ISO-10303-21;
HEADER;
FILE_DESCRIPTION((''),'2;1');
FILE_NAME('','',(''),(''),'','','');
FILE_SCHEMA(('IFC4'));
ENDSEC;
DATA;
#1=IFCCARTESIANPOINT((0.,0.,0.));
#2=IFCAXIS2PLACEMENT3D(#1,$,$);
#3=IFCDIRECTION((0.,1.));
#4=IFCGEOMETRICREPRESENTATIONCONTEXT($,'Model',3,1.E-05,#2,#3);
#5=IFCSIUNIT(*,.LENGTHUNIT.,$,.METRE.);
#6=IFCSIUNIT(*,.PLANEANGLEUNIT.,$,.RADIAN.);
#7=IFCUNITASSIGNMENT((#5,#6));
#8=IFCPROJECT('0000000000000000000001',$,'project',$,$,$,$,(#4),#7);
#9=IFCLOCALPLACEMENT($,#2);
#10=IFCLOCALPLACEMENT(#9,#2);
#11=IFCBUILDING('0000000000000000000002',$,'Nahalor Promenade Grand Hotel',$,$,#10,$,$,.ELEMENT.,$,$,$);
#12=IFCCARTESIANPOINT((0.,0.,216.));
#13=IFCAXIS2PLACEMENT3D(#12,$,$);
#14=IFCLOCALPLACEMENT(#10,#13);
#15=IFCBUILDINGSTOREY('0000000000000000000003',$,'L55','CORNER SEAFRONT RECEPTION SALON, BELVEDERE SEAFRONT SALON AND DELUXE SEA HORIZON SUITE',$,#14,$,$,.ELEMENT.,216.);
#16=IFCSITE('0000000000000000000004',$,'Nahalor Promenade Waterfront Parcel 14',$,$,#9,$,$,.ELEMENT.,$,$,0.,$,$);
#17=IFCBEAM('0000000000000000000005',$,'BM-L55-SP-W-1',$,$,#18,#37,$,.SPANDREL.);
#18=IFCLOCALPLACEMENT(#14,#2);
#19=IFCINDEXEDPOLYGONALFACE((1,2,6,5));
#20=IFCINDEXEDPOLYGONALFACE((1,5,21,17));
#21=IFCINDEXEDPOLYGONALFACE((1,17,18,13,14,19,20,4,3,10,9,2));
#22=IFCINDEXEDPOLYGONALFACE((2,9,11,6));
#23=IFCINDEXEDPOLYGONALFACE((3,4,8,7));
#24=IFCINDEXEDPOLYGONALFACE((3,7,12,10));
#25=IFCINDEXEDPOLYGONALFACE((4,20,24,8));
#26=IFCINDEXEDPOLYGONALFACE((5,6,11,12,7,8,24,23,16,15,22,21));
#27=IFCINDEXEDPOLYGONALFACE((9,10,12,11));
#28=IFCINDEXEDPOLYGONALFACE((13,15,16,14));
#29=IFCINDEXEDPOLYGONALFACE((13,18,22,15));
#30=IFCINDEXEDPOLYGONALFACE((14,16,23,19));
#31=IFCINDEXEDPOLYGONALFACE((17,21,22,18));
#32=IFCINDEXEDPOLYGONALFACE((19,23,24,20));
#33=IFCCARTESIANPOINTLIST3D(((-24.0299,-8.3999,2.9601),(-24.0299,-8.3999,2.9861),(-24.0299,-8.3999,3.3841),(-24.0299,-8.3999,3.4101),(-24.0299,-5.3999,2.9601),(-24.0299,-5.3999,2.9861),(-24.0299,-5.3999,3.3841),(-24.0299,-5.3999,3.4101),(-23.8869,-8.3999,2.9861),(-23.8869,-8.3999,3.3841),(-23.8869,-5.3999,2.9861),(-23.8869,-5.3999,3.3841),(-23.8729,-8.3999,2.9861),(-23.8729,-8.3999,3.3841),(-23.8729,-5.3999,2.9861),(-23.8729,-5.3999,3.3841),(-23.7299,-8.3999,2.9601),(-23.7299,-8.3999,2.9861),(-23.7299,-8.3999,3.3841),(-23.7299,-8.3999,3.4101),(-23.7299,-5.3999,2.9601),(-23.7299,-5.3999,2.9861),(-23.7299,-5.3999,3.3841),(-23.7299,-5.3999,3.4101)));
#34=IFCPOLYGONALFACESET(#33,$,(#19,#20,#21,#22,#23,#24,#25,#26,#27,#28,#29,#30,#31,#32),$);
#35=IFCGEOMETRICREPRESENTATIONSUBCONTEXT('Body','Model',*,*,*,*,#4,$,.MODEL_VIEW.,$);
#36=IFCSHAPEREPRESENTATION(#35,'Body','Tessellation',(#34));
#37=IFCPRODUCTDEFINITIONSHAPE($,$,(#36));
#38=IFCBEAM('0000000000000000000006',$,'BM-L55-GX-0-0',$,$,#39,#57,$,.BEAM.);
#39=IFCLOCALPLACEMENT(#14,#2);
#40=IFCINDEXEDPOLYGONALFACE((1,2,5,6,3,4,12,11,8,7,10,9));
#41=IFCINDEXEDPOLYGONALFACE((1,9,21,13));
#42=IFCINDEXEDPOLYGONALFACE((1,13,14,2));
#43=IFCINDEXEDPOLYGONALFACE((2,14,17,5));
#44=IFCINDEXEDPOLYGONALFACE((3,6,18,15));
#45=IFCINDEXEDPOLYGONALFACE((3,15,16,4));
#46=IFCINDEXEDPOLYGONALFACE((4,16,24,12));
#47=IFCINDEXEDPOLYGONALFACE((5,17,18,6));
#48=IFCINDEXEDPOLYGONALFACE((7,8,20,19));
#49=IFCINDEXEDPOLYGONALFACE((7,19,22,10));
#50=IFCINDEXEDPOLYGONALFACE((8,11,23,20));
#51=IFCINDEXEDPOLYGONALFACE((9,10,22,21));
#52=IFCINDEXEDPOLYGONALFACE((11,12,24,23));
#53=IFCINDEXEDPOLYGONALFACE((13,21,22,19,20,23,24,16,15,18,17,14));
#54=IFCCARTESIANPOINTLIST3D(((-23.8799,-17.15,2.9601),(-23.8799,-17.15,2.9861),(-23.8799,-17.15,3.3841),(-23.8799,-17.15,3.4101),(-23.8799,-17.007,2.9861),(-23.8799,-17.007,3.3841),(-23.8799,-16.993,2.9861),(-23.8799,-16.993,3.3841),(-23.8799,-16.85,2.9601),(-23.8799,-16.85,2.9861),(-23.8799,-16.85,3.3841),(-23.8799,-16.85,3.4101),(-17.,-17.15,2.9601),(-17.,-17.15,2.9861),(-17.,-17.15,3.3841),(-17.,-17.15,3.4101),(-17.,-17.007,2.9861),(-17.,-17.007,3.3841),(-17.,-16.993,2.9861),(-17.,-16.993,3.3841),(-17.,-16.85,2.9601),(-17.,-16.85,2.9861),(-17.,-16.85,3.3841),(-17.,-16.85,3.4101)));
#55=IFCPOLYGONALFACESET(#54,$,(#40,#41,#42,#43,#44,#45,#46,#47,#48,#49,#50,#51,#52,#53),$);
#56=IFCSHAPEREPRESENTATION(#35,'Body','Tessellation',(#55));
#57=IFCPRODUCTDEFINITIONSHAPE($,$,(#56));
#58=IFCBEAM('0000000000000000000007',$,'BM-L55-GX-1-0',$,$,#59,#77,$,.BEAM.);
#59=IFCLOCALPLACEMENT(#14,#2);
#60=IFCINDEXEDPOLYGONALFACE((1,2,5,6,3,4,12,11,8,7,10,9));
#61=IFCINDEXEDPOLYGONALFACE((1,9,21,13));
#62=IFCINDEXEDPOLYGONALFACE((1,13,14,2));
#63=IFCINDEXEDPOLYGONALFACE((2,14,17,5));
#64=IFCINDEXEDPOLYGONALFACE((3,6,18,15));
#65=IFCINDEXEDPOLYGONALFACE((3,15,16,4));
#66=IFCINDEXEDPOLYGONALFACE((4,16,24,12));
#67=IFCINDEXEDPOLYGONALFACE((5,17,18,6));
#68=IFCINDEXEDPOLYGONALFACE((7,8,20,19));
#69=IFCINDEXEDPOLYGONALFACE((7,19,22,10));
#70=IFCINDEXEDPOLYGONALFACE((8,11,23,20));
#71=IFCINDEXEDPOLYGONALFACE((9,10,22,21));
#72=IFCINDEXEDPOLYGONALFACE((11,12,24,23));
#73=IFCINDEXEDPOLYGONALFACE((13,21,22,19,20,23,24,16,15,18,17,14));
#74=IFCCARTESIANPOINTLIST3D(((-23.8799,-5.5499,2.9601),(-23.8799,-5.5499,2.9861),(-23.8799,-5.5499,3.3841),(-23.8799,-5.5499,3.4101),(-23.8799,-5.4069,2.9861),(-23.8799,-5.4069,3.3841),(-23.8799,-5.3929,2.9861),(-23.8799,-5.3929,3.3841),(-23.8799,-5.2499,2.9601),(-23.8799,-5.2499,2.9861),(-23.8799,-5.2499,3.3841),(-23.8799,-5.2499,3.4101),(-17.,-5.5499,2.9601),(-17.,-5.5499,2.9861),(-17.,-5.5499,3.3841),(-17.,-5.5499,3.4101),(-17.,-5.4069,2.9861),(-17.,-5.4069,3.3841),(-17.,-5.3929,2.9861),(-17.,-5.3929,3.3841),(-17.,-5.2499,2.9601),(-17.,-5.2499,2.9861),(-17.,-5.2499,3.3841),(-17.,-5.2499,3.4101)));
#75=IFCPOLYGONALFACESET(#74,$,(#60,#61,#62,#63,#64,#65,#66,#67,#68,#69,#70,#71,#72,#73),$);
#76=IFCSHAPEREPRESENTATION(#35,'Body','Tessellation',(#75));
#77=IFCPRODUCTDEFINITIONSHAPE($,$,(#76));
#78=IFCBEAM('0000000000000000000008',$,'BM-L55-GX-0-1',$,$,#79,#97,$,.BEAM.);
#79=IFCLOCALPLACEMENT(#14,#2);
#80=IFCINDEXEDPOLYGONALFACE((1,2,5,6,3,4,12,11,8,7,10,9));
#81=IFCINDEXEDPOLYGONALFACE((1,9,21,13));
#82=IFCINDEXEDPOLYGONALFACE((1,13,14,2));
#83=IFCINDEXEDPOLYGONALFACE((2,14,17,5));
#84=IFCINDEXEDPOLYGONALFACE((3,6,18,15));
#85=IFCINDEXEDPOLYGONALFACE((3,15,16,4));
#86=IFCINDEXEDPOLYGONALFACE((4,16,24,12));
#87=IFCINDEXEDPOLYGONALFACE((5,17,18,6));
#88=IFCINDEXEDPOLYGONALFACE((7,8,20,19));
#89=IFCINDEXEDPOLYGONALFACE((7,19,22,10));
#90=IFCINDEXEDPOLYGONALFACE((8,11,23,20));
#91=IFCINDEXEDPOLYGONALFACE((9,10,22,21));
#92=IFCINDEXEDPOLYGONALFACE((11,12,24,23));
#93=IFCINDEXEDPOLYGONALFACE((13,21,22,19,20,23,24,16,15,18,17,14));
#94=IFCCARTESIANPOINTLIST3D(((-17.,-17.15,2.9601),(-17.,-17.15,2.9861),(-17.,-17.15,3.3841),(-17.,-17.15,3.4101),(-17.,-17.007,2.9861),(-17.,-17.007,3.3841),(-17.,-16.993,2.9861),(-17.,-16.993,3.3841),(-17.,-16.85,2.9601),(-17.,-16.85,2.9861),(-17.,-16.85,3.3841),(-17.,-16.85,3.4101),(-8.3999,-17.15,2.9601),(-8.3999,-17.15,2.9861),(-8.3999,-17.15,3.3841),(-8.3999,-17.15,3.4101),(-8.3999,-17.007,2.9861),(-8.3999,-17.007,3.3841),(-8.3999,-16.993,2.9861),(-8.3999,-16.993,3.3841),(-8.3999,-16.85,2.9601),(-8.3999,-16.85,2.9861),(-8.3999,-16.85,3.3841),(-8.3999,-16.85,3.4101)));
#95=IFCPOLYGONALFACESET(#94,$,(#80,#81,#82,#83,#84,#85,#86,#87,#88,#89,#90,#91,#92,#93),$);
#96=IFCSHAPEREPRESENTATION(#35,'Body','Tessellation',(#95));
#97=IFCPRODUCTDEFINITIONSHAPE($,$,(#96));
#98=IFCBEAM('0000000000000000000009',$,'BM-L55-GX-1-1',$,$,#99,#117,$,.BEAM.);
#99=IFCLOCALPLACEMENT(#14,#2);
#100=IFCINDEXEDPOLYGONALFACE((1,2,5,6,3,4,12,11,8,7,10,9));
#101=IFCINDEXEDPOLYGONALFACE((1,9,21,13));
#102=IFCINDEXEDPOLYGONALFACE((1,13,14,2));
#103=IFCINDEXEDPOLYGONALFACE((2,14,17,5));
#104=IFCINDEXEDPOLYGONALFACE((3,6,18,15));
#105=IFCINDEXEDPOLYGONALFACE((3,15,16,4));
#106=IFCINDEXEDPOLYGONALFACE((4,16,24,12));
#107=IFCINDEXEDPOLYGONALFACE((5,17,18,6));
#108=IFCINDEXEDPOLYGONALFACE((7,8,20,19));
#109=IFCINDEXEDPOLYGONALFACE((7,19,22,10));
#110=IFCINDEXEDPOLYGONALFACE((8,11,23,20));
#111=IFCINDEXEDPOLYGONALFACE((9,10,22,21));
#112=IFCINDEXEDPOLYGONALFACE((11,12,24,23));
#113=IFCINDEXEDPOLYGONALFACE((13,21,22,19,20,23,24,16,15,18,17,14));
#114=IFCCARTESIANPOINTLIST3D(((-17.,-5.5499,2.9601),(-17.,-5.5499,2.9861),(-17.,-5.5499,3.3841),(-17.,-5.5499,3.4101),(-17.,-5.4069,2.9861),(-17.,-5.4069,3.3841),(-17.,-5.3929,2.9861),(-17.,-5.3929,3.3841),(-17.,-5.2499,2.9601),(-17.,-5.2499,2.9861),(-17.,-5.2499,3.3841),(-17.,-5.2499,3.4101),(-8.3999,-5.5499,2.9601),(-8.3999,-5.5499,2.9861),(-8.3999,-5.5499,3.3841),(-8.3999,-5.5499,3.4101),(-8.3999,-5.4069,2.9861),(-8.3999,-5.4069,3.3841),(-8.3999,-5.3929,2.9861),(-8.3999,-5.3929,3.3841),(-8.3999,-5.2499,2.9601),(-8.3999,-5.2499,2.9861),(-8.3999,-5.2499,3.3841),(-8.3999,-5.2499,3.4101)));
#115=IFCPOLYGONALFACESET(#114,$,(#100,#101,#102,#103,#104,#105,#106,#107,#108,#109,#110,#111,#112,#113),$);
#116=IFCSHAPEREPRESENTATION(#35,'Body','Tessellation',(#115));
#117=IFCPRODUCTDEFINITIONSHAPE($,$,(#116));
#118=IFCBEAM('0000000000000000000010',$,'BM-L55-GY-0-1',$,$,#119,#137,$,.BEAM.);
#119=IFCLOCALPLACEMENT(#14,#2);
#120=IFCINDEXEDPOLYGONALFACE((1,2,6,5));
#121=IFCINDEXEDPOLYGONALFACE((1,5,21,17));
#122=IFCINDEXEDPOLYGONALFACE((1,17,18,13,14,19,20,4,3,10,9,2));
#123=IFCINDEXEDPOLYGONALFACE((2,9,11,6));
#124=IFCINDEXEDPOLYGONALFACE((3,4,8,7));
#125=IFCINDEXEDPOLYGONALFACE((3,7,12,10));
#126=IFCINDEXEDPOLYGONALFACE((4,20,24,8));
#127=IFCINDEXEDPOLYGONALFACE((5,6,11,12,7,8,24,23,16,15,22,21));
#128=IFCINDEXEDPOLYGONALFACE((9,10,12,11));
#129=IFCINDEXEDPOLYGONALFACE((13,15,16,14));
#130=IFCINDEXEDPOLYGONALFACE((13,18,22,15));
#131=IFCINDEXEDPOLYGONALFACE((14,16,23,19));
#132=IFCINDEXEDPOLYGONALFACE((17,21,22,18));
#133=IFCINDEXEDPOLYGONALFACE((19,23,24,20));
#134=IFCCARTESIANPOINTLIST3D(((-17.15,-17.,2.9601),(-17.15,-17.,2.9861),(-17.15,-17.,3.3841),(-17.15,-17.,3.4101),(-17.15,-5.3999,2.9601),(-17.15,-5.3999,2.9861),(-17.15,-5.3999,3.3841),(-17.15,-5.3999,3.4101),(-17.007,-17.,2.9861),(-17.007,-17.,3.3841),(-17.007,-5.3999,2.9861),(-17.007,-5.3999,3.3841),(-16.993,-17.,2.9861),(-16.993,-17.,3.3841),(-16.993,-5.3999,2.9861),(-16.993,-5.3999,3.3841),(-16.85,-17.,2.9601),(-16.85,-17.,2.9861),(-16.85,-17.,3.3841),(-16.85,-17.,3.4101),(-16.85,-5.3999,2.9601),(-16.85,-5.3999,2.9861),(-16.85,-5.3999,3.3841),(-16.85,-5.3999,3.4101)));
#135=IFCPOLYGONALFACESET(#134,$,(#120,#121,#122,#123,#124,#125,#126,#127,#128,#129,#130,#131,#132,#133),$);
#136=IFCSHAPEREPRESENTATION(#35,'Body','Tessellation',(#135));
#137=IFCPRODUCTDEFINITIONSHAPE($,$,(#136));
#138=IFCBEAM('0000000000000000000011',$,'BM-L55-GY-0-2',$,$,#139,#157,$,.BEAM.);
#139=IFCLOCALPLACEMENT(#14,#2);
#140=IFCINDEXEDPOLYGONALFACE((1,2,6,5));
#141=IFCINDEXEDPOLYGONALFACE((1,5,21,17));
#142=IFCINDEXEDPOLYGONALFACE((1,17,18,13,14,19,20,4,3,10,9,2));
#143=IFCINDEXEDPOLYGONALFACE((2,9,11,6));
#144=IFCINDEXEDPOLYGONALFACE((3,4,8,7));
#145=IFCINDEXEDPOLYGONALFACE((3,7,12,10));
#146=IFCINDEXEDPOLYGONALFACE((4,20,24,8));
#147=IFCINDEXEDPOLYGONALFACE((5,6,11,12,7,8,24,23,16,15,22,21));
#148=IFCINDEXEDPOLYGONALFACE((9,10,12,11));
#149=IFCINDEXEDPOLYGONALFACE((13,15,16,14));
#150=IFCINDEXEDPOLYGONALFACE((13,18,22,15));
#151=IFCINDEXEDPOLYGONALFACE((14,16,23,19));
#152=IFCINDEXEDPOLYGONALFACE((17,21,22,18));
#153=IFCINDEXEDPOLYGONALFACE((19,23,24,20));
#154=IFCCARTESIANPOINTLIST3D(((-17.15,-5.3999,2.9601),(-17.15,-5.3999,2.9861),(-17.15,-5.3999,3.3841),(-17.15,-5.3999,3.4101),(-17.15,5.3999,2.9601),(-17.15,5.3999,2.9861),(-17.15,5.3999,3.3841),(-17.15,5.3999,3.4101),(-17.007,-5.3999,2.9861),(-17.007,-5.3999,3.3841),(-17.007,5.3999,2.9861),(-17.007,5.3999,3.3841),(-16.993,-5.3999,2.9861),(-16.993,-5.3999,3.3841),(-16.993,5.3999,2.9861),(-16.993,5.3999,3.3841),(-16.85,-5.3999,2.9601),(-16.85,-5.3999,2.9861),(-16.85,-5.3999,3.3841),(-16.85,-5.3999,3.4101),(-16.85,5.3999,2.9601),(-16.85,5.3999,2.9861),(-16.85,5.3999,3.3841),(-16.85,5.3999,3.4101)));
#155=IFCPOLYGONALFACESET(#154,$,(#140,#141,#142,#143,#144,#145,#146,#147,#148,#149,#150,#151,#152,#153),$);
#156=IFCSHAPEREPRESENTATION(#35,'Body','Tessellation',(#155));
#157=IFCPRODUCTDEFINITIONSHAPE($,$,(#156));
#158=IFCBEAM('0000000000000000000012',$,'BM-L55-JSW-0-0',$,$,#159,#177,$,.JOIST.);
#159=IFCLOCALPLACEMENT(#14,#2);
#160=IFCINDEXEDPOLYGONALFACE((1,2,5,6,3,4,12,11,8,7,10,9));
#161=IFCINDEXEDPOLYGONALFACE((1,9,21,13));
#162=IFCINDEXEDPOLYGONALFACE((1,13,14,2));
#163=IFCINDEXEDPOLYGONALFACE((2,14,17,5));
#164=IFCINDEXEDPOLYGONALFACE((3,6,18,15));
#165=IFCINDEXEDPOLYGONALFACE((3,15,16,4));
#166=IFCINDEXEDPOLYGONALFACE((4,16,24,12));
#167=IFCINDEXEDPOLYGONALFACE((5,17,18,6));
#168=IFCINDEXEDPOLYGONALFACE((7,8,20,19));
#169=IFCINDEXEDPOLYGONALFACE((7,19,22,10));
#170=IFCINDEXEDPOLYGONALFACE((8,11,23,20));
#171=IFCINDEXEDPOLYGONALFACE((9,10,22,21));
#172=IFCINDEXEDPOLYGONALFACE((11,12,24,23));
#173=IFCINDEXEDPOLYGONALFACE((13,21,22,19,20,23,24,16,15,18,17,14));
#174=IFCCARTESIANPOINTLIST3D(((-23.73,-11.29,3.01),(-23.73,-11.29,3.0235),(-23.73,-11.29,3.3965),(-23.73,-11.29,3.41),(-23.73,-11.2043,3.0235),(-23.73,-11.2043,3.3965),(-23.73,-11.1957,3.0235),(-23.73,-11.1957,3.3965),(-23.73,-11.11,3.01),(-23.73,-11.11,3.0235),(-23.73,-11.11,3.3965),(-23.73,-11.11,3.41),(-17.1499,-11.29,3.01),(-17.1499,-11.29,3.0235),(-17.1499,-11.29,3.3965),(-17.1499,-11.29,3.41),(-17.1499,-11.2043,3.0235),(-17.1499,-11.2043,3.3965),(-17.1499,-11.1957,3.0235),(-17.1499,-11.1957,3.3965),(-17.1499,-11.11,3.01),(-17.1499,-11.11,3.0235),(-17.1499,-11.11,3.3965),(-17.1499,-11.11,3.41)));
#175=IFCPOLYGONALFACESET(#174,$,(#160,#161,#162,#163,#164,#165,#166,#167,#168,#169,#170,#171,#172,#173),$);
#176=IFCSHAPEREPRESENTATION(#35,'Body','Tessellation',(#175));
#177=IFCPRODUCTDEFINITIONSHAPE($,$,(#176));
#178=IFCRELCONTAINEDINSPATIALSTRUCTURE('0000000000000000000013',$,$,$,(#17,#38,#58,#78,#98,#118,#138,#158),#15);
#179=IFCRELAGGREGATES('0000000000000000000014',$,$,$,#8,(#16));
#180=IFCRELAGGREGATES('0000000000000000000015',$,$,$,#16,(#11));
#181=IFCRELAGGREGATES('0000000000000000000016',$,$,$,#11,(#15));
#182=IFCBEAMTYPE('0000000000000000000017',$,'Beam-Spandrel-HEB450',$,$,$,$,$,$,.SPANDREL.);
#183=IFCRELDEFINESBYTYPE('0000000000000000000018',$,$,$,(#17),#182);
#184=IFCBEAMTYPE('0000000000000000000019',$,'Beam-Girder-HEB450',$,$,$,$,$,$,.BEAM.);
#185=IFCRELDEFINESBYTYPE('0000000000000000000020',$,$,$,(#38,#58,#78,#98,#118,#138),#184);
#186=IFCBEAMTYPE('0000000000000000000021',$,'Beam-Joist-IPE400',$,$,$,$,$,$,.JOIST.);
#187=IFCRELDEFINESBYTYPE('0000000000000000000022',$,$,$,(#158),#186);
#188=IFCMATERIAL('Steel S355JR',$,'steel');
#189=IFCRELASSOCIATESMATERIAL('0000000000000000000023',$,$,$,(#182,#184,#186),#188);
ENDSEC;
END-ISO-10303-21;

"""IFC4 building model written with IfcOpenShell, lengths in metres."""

from ifc_helpers import new_model, si_unit, direction, frame, origin, origin_2d, place, context, subcontext, project, spatial, i_section, extrude, source, transform, mapped, material, material_profile, profile_set, type_object, element, save


model = new_model("IFC4")

# Units and contexts
model_context = context("Model", 3, precision=1e-05, world=origin(), true_north=direction((0.0, 1.0)))
body_context = subcontext(model_context, "Body", "Model", "MODEL_VIEW")
ifc_project = project(units=[si_unit("LENGTHUNIT", "METRE"), si_unit("PLANEANGLEUNIT", "RADIAN")], contexts=[model_context])

# Site, building, storey
site_placement = place(None, origin())
site = spatial("IfcSite", under=ifc_project, at=site_placement, Name="Nahalor Promenade Waterfront Parcel 14", CompositionType="ELEMENT", RefElevation=0.0)
building_placement = place(site_placement, origin())
building = spatial("IfcBuilding", under=site, at=building_placement, Name="Nahalor Promenade Grand Hotel", CompositionType="ELEMENT")
storey_placement = place(building_placement, frame((0.0, 0.0, 216.0)))
storey = spatial("IfcBuildingStorey", under=building, at=storey_placement, Name="L55", Description="CORNER SEAFRONT RECEPTION SALON, BELVEDERE SEAFRONT SALON AND DELUXE SEA HORIZON SUITE", CompositionType="ELEMENT", Elevation=216.0)

# Shared definitions
ifc_material_1 = material(Name="Steel S355JR", Category="steel")

# Beams
ifc_material_profile_1 = material_profile(ifc_material_1, i_section(OverallWidth=0.3, OverallDepth=0.45, WebThickness=0.014, FlangeThickness=0.026, at=origin_2d()), Name="HEB 450")
ifc_profile_set_1 = profile_set([ifc_material_profile_1], Name="Steel S355JR")
beam_type_1 = type_object("IfcBeamType", Name="Beam-Spandrel-HEB450", PredefinedType="SPANDREL", material=ifc_profile_set_1)
shared_shape_1 = source(origin(), body_context, "Body", "SweptSolid", [
    extrude(i_section(OverallWidth=0.3, OverallDepth=0.45, WebThickness=0.014, FlangeThickness=0.026, at=origin_2d()), origin(), (0.0, 0.0, 1.0), 3.0),
])
beam_1_placement = place(storey_placement, frame((-23.8799, -8.3999, 3.1851), z_axis=(0.0, 1.0, 0.0), x_axis=(-1.0, 0.0, 0.0)))
element("IfcBeam", 1, at=beam_1_placement, inside=storey, type_object=beam_type_1, Name="BM-L55-SP-W-1", PredefinedType="SPANDREL", context=body_context, shape_type="MappedRepresentation", body=[
    mapped(shared_shape_1, transform((0.0, 0.0, 0.0), scale=1.0)),
])
ifc_material_profile_2 = material_profile(ifc_material_1, i_section(OverallWidth=0.3, OverallDepth=0.45, WebThickness=0.014, FlangeThickness=0.026, at=origin_2d()), Name="HEB 450")
ifc_profile_set_2 = profile_set([ifc_material_profile_2], Name="Steel S355JR")
beam_type_2 = type_object("IfcBeamType", Name="Beam-Girder-HEB450", PredefinedType="BEAM", material=ifc_profile_set_2)
shared_shape_2 = source(origin(), body_context, "Body", "SweptSolid", [
    extrude(i_section(OverallWidth=0.3, OverallDepth=0.45, WebThickness=0.014, FlangeThickness=0.026, at=origin_2d()), origin(), (0.0, 0.0, 1.0), 6.8799),
])
for number, where, z_axis, x_axis, name in (
    (2, (-23.8799, -17.0, 3.1851), (1.0, 0.0, 0.0), (0.0, 1.0, 0.0), "BM-L55-GX-0-0"),
    (3, (-23.8799, -5.3999, 3.1851), (1.0, 0.0, 0.0), (0.0, 1.0, 0.0), "BM-L55-GX-1-0"),
):
    element("IfcBeam", number, at=place(storey_placement, frame(where, z_axis=z_axis, x_axis=x_axis)), inside=storey, type_object=beam_type_2, Name=name, PredefinedType="BEAM", context=body_context, shape_type="MappedRepresentation", body=[
        mapped(shared_shape_2, transform((0.0, 0.0, 0.0), scale=1.0)),
    ])
shared_shape_3 = source(origin(), body_context, "Body", "SweptSolid", [
    extrude(i_section(OverallWidth=0.3, OverallDepth=0.45, WebThickness=0.014, FlangeThickness=0.026, at=origin_2d()), origin(), (0.0, 0.0, 1.0), 8.6001),
])
for number, where, z_axis, x_axis, name in (
    (4, (-17.0, -17.0, 3.1851), (1.0, 0.0, 0.0), (0.0, 1.0, 0.0), "BM-L55-GX-0-1"),
    (5, (-17.0, -5.3999, 3.1851), (1.0, 0.0, 0.0), (0.0, 1.0, 0.0), "BM-L55-GX-1-1"),
):
    element("IfcBeam", number, at=place(storey_placement, frame(where, z_axis=z_axis, x_axis=x_axis)), inside=storey, type_object=beam_type_2, Name=name, PredefinedType="BEAM", context=body_context, shape_type="MappedRepresentation", body=[
        mapped(shared_shape_3, transform((0.0, 0.0, 0.0), scale=1.0)),
    ])
shared_shape_4 = source(origin(), body_context, "Body", "SweptSolid", [
    extrude(i_section(OverallWidth=0.3, OverallDepth=0.45, WebThickness=0.014, FlangeThickness=0.026, at=origin_2d()), origin(), (0.0, 0.0, 1.0), 11.6001),
])
beam_2_placement = place(storey_placement, frame((-17.0, -17.0, 3.1851), z_axis=(0.0, 1.0, 0.0), x_axis=(-1.0, 0.0, 0.0)))
element("IfcBeam", 6, at=beam_2_placement, inside=storey, type_object=beam_type_2, Name="BM-L55-GY-0-1", PredefinedType="BEAM", context=body_context, shape_type="MappedRepresentation", body=[
    mapped(shared_shape_4, transform((0.0, 0.0, 0.0), scale=1.0)),
])
shared_shape_5 = source(origin(), body_context, "Body", "SweptSolid", [
    extrude(i_section(OverallWidth=0.3, OverallDepth=0.45, WebThickness=0.014, FlangeThickness=0.026, at=origin_2d()), origin(), (0.0, 0.0, 1.0), 10.7998),
])
beam_3_placement = place(storey_placement, frame((-17.0, -5.3999, 3.1851), z_axis=(0.0, 1.0, 0.0), x_axis=(-1.0, 0.0, 0.0)))
element("IfcBeam", 7, at=beam_3_placement, inside=storey, type_object=beam_type_2, Name="BM-L55-GY-0-2", PredefinedType="BEAM", context=body_context, shape_type="MappedRepresentation", body=[
    mapped(shared_shape_5, transform((0.0, 0.0, 0.0), scale=1.0)),
])
ifc_material_profile_3 = material_profile(ifc_material_1, i_section(OverallWidth=0.18, OverallDepth=0.4, WebThickness=0.0086, FlangeThickness=0.0135, at=origin_2d()), Name="IPE 400")
ifc_profile_set_3 = profile_set([ifc_material_profile_3], Name="Steel S355JR")
beam_type_3 = type_object("IfcBeamType", Name="Beam-Joist-IPE400", PredefinedType="JOIST", material=ifc_profile_set_3)
shared_shape_6 = source(origin(), body_context, "Body", "SweptSolid", [
    extrude(i_section(OverallWidth=0.18, OverallDepth=0.4, WebThickness=0.0086, FlangeThickness=0.0135, at=origin_2d()), origin(), (0.0, 0.0, 1.0), 6.5801),
])
beam_4_placement = place(storey_placement, frame((-23.73, -11.2, 3.21), z_axis=(1.0, 0.0, 0.0), x_axis=(0.0, 1.0, 0.0)))
element("IfcBeam", 8, at=beam_4_placement, inside=storey, type_object=beam_type_3, Name="BM-L55-JSW-0-0", PredefinedType="JOIST", context=body_context, shape_type="MappedRepresentation", body=[
    mapped(shared_shape_6, transform((0.0, 0.0, 0.0), scale=1.0)),
])

save(model, "model.ifc")
